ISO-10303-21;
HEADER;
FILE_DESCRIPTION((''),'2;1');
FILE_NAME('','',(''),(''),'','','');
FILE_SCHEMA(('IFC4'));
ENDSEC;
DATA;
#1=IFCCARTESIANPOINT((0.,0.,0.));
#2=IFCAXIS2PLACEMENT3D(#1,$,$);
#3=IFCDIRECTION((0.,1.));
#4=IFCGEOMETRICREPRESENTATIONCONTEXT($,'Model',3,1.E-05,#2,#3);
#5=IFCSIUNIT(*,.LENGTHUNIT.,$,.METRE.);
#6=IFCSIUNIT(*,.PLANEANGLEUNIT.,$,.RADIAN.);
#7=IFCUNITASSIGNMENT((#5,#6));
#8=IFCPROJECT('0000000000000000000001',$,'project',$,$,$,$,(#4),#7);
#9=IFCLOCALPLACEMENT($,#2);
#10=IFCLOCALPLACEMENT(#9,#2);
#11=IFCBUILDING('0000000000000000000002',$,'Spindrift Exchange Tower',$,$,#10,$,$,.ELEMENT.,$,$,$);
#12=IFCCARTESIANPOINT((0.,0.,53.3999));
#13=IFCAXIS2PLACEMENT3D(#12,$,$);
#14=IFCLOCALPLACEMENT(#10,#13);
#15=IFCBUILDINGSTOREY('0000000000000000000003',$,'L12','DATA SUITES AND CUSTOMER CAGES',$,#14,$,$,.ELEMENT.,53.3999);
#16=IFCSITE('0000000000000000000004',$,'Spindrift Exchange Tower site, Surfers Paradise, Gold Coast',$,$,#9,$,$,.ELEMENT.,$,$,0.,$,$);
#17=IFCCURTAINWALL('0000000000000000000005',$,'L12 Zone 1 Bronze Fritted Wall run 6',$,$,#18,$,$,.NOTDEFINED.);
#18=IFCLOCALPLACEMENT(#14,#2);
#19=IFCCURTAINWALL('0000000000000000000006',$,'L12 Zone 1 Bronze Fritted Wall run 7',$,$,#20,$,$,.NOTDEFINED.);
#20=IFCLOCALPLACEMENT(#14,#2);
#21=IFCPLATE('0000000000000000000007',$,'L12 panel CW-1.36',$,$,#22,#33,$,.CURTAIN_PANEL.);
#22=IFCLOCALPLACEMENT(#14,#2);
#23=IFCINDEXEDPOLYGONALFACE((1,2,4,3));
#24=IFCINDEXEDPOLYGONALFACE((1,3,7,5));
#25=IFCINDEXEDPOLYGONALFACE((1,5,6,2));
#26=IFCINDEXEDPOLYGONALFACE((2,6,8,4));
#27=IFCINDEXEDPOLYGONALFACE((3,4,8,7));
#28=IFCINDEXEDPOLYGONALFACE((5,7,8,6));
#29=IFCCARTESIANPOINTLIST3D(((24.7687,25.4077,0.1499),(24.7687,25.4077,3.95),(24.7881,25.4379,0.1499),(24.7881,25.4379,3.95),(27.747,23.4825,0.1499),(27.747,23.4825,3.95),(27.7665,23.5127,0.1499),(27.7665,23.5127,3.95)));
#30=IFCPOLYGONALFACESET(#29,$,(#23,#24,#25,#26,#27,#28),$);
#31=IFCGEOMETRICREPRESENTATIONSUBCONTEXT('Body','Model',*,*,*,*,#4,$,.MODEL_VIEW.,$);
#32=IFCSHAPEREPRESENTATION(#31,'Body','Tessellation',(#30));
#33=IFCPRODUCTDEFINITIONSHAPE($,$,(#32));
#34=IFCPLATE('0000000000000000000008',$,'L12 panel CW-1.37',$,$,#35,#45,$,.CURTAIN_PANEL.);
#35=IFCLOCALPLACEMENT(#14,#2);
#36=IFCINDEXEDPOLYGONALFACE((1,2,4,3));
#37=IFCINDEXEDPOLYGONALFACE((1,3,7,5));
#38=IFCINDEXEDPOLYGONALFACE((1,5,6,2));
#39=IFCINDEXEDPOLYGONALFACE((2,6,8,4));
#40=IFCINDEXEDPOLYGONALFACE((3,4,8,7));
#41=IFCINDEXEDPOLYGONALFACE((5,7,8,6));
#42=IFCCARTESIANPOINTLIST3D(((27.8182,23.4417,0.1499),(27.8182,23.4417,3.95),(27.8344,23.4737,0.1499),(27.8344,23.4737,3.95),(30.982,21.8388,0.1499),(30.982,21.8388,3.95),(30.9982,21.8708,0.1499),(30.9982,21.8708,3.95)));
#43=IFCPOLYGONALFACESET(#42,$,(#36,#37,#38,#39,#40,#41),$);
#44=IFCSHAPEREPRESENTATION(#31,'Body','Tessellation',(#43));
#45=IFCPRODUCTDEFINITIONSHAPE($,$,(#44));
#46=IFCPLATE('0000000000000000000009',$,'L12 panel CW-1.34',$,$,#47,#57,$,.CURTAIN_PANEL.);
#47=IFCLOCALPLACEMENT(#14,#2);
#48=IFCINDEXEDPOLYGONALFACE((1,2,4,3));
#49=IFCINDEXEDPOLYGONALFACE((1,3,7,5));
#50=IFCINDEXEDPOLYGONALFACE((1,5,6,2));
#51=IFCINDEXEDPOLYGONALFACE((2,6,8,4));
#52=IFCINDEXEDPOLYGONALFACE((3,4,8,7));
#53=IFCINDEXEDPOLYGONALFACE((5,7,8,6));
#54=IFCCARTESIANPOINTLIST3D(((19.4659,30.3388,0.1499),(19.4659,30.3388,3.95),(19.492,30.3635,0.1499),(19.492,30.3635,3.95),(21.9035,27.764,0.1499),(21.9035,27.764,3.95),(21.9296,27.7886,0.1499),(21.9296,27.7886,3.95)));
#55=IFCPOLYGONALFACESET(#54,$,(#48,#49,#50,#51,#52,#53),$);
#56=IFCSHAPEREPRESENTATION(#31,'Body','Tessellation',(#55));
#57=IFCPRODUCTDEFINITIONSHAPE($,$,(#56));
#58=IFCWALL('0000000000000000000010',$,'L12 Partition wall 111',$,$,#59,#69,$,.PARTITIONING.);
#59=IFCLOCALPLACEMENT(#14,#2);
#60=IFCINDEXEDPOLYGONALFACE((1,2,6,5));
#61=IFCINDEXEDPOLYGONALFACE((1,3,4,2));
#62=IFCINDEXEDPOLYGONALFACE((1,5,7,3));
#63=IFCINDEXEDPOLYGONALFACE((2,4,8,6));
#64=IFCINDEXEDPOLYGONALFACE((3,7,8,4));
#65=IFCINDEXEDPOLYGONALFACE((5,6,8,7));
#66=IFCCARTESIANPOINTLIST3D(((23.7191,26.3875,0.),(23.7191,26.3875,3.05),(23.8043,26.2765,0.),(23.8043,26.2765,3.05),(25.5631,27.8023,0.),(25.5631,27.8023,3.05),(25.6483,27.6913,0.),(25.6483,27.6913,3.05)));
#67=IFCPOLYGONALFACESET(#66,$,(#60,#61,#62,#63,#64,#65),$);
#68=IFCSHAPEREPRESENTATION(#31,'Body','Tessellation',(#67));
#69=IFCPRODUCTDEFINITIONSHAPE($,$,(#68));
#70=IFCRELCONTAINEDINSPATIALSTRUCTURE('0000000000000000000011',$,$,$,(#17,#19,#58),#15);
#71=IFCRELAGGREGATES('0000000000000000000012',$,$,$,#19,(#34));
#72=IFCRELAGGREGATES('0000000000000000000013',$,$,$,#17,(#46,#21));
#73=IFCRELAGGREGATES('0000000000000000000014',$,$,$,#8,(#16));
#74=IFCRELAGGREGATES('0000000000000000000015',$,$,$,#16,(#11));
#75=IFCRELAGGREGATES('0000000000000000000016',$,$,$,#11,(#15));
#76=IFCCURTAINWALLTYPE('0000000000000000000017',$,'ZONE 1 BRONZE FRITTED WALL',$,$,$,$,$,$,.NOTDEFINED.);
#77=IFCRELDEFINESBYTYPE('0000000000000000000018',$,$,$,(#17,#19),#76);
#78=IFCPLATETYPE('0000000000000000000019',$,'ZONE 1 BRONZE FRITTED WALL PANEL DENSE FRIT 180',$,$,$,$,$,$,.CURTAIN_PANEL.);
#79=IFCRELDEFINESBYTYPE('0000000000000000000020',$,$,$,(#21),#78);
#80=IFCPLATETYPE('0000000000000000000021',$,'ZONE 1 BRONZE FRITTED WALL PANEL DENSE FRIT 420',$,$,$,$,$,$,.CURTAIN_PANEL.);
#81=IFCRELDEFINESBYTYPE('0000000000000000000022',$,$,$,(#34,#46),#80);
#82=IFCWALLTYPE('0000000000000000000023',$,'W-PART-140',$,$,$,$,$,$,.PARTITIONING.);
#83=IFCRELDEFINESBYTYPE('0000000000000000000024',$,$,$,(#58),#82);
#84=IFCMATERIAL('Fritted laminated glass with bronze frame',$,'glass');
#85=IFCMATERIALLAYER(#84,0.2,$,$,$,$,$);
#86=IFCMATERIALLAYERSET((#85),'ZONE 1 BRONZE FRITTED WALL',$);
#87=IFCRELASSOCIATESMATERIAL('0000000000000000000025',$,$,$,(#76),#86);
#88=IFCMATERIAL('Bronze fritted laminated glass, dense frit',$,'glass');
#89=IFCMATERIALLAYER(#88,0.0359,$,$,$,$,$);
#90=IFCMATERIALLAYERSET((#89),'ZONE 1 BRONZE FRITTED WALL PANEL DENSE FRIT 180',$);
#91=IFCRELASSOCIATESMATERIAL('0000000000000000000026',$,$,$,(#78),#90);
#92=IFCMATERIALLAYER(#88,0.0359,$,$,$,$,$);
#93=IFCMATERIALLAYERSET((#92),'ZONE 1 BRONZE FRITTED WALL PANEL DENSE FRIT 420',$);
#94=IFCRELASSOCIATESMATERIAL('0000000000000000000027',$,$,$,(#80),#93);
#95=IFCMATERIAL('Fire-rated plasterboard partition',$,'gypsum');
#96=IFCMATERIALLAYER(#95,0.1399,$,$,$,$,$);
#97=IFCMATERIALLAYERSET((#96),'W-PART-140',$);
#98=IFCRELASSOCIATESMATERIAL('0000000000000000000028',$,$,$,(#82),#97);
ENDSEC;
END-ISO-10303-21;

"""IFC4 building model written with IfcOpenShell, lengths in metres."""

from ifc_helpers import new_model, si_unit, direction, frame, frame_2d, origin, origin_2d, place, context, subcontext, project, spatial, rectangle, extrude, source, transform, mapped, material, layer, layer_set, type_object, element, aggregate, save


model = new_model("IFC4")

# Units and contexts
model_context = context("Model", 3, precision=1e-05, world=origin(), true_north=direction((0.0, 1.0)))
body_context = subcontext(model_context, "Body", "Model", "MODEL_VIEW")
ifc_project = project(units=[si_unit("LENGTHUNIT", "METRE"), si_unit("PLANEANGLEUNIT", "RADIAN")], contexts=[model_context])

# Site, building, storey
site_placement = place(None, origin())
site = spatial("IfcSite", under=ifc_project, at=site_placement, Name="Spindrift Exchange Tower site, Surfers Paradise, Gold Coast", CompositionType="ELEMENT", RefElevation=0.0)
building_placement = place(site_placement, origin())
building = spatial("IfcBuilding", under=site, at=building_placement, Name="Spindrift Exchange Tower", CompositionType="ELEMENT")
storey_placement = place(building_placement, frame((0.0, 0.0, 53.3999)))
storey = spatial("IfcBuildingStorey", under=building, at=storey_placement, Name="L12", Description="DATA SUITES AND CUSTOMER CAGES", CompositionType="ELEMENT", Elevation=53.3999)

# Curtain walls
ifc_material_1 = material(Name="Fritted laminated glass with bronze frame", Category="glass")
ifc_layer_1 = layer(ifc_material_1, 0.2)
ifc_layer_set_1 = layer_set([ifc_layer_1], Name="ZONE 1 BRONZE FRITTED WALL")
curtain_wall_type = type_object("IfcCurtainWallType", Name="ZONE 1 BRONZE FRITTED WALL", PredefinedType="NOTDEFINED", material=ifc_layer_set_1)
curtain_wall_1_placement = place(storey_placement, origin())
curtain_wall_1 = element("IfcCurtainWall", 1, at=curtain_wall_1_placement, inside=storey, type_object=curtain_wall_type, Name="L12 Zone 1 Bronze Fritted Wall run 6", PredefinedType="NOTDEFINED")
curtain_wall_2_placement = place(storey_placement, origin())
curtain_wall_2 = element("IfcCurtainWall", 2, at=curtain_wall_2_placement, inside=storey, type_object=curtain_wall_type, Name="L12 Zone 1 Bronze Fritted Wall run 7", PredefinedType="NOTDEFINED")

# Plates
ifc_material_2 = material(Name="Bronze fritted laminated glass, dense frit", Category="glass")
ifc_layer_2 = layer(ifc_material_2, 0.0359)
ifc_layer_set_2 = layer_set([ifc_layer_2], Name="ZONE 1 BRONZE FRITTED WALL PANEL DENSE FRIT 180")
plate_type_1 = type_object("IfcPlateType", Name="ZONE 1 BRONZE FRITTED WALL PANEL DENSE FRIT 180", PredefinedType="CURTAIN_PANEL", material=ifc_layer_set_2)
ifc_layer_3 = layer(ifc_material_2, 0.0359)
ifc_layer_set_3 = layer_set([ifc_layer_3], Name="ZONE 1 BRONZE FRITTED WALL PANEL DENSE FRIT 420")
plate_type_2 = type_object("IfcPlateType", Name="ZONE 1 BRONZE FRITTED WALL PANEL DENSE FRIT 420", PredefinedType="CURTAIN_PANEL", material=ifc_layer_set_3)
shared_shape_1 = source(origin(), body_context, "Body", "SweptSolid", [
    extrude(rectangle(XDim=3.5464, YDim=0.0359, at=origin_2d()), origin(), (0.0, 0.0, 1.0), 3.8),
])
plate_1_placement = place(storey_placement, frame((26.2676, 24.4602, 0.1499), z_axis=(0.0, 0.0, 1.0), x_axis=(0.839824, -0.542859, 0.0)))
plate_1 = element("IfcPlate", 3, at=plate_1_placement, type_object=plate_type_1, Name="L12 panel CW-1.36", PredefinedType="CURTAIN_PANEL", context=body_context, shape_type="MappedRepresentation", body=[
    mapped(shared_shape_1, transform((0.0, 0.0, 0.0), scale=1.0)),
])
shared_shape_2 = source(origin(), body_context, "Body", "SweptSolid", [
    extrude(rectangle(XDim=3.5466, YDim=0.0359, at=origin_2d()), origin(), (0.0, 0.0, 1.0), 3.8),
])
plate_2_placement = place(storey_placement, frame((29.4082, 22.6562, 0.1499), z_axis=(0.0, 0.0, 1.0), x_axis=(0.892043, -0.451951, 0.0)))
plate_2 = element("IfcPlate", 4, at=plate_2_placement, type_object=plate_type_2, Name="L12 panel CW-1.37", PredefinedType="CURTAIN_PANEL", context=body_context, shape_type="MappedRepresentation", body=[
    mapped(shared_shape_2, transform((0.0, 0.0, 0.0), scale=1.0)),
])
aggregate(curtain_wall_2, [plate_2])
shared_shape_3 = source(origin(), body_context, "Body", "SweptSolid", [
    extrude(rectangle(XDim=3.5457, YDim=0.0359, at=origin_2d()), origin(), (0.0, 0.0, 1.0), 3.8),
])
plate_3_placement = place(storey_placement, frame((20.6978, 29.0637, 0.1499), z_axis=(0.0, 0.0, 1.0), x_axis=(0.687481, -0.726203, 0.0)))
plate_3 = element("IfcPlate", 5, at=plate_3_placement, type_object=plate_type_2, Name="L12 panel CW-1.34", PredefinedType="CURTAIN_PANEL", context=body_context, shape_type="MappedRepresentation", body=[
    mapped(shared_shape_3, transform((0.0, 0.0, 0.0), scale=1.0)),
])
aggregate(curtain_wall_1, [plate_3, plate_1])

# Wall
ifc_material_3 = material(Name="Fire-rated plasterboard partition", Category="gypsum")
ifc_layer_4 = layer(ifc_material_3, 0.1399)
ifc_layer_set_4 = layer_set([ifc_layer_4], Name="W-PART-140")
wall_type = type_object("IfcWallType", Name="W-PART-140", PredefinedType="PARTITIONING", material=ifc_layer_set_4)
wall_placement = place(storey_placement, frame((25.6057, 27.7468, 0.0), z_axis=(0.0, 0.0, 1.0), x_axis=(-0.793385, -0.60872, 0.0)))
element("IfcWall", 6, at=wall_placement, inside=storey, type_object=wall_type, Name="L12 Partition wall 111", PredefinedType="PARTITIONING", context=body_context, shape_type="SweptSolid", body=[
    extrude(rectangle(XDim=2.3242, YDim=0.1399, at=frame_2d((1.1621, 0.0))), origin(), (0.0, 0.0, 1.0), 3.05),
])

save(model, "model.ifc")
